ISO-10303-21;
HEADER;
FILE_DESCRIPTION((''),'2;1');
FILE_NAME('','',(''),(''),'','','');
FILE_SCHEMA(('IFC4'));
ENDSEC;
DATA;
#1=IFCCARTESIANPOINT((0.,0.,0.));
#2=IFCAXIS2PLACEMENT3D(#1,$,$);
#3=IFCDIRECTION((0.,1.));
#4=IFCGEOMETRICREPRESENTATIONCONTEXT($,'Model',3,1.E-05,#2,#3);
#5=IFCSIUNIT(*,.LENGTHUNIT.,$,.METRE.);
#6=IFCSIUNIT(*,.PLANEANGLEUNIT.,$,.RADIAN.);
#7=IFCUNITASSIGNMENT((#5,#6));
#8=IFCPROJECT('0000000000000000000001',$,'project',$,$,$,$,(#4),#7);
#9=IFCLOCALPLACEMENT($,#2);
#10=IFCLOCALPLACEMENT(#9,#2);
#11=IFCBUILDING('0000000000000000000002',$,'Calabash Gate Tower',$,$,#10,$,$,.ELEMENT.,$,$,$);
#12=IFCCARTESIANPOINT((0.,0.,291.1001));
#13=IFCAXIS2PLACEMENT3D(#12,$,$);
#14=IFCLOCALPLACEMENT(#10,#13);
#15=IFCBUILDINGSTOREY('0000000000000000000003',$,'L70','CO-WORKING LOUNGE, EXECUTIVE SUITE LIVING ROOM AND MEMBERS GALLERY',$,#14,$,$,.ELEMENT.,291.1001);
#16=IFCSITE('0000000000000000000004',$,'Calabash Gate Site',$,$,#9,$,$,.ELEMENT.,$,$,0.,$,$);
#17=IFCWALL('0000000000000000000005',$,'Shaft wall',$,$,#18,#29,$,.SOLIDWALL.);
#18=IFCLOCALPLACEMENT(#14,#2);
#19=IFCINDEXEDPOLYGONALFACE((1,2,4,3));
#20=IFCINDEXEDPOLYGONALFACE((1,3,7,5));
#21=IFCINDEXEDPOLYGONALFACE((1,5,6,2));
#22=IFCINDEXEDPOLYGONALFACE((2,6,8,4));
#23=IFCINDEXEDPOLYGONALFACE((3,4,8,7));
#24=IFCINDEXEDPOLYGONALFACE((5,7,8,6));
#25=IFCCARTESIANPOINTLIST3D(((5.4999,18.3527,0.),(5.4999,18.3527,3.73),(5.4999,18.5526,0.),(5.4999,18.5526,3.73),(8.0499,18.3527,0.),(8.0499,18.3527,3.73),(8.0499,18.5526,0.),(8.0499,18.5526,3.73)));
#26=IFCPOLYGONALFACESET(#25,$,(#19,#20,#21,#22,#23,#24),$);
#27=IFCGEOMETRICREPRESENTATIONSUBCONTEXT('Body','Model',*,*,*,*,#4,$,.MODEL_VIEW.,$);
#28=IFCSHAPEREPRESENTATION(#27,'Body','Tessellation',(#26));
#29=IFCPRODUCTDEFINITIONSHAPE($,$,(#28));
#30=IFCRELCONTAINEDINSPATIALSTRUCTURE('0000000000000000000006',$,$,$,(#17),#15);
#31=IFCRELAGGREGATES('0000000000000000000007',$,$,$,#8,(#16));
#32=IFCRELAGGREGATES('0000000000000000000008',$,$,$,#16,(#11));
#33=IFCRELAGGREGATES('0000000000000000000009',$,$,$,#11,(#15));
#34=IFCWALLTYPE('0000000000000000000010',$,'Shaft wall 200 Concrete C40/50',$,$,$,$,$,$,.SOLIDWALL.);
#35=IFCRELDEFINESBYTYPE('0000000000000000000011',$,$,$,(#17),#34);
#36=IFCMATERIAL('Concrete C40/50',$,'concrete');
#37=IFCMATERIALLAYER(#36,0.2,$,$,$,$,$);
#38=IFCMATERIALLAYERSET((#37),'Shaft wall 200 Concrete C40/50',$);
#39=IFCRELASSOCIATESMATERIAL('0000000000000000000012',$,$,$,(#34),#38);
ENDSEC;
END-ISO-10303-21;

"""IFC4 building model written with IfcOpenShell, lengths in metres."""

from ifc_helpers import new_model, si_unit, direction, frame, frame_2d, origin, place, context, subcontext, project, spatial, rectangle, extrude, material, layer, layer_set, type_object, element, save


model = new_model("IFC4")

# Units and contexts
model_context = context("Model", 3, precision=1e-05, world=origin(), true_north=direction((0.0, 1.0)))
body_context = subcontext(model_context, "Body", "Model", "MODEL_VIEW")
ifc_project = project(units=[si_unit("LENGTHUNIT", "METRE"), si_unit("PLANEANGLEUNIT", "RADIAN")], contexts=[model_context])

# Site, building, storey
site_placement = place(None, origin())
site = spatial("IfcSite", under=ifc_project, at=site_placement, Name="Calabash Gate Site", CompositionType="ELEMENT", RefElevation=0.0)
building_placement = place(site_placement, origin())
building = spatial("IfcBuilding", under=site, at=building_placement, Name="Calabash Gate Tower", CompositionType="ELEMENT")
storey_placement = place(building_placement, frame((0.0, 0.0, 291.1001)))
storey = spatial("IfcBuildingStorey", under=building, at=storey_placement, Name="L70", Description="CO-WORKING LOUNGE, EXECUTIVE SUITE LIVING ROOM AND MEMBERS GALLERY", CompositionType="ELEMENT", Elevation=291.1001)

# Shared definitions
ifc_material_1 = material(Name="Concrete C40/50", Category="concrete")
ifc_layer_1 = layer(ifc_material_1, 0.2)
ifc_layer_set_1 = layer_set([ifc_layer_1], Name="Shaft wall 200 Concrete C40/50")
wall_type_1 = type_object("IfcWallType", Name="Shaft wall 200 Concrete C40/50", PredefinedType="SOLIDWALL", material=ifc_layer_set_1)

# Wall
wall_1_placement = place(storey_placement, frame((5.5, 18.4526, 0.0), z_axis=(0.0, 0.0, 1.0), x_axis=(1.0, 0.0, 0.0)))
element("IfcWall", 1, at=wall_1_placement, inside=storey, type_object=wall_type_1, Name="Shaft wall", PredefinedType="SOLIDWALL", context=body_context, shape_type="SweptSolid", body=[
    extrude(rectangle(XDim=2.55, YDim=0.2, at=frame_2d((1.2749, 0.0))), origin(), (0.0, 0.0, 1.0), 3.73),
])

save(model, "model.ifc")
